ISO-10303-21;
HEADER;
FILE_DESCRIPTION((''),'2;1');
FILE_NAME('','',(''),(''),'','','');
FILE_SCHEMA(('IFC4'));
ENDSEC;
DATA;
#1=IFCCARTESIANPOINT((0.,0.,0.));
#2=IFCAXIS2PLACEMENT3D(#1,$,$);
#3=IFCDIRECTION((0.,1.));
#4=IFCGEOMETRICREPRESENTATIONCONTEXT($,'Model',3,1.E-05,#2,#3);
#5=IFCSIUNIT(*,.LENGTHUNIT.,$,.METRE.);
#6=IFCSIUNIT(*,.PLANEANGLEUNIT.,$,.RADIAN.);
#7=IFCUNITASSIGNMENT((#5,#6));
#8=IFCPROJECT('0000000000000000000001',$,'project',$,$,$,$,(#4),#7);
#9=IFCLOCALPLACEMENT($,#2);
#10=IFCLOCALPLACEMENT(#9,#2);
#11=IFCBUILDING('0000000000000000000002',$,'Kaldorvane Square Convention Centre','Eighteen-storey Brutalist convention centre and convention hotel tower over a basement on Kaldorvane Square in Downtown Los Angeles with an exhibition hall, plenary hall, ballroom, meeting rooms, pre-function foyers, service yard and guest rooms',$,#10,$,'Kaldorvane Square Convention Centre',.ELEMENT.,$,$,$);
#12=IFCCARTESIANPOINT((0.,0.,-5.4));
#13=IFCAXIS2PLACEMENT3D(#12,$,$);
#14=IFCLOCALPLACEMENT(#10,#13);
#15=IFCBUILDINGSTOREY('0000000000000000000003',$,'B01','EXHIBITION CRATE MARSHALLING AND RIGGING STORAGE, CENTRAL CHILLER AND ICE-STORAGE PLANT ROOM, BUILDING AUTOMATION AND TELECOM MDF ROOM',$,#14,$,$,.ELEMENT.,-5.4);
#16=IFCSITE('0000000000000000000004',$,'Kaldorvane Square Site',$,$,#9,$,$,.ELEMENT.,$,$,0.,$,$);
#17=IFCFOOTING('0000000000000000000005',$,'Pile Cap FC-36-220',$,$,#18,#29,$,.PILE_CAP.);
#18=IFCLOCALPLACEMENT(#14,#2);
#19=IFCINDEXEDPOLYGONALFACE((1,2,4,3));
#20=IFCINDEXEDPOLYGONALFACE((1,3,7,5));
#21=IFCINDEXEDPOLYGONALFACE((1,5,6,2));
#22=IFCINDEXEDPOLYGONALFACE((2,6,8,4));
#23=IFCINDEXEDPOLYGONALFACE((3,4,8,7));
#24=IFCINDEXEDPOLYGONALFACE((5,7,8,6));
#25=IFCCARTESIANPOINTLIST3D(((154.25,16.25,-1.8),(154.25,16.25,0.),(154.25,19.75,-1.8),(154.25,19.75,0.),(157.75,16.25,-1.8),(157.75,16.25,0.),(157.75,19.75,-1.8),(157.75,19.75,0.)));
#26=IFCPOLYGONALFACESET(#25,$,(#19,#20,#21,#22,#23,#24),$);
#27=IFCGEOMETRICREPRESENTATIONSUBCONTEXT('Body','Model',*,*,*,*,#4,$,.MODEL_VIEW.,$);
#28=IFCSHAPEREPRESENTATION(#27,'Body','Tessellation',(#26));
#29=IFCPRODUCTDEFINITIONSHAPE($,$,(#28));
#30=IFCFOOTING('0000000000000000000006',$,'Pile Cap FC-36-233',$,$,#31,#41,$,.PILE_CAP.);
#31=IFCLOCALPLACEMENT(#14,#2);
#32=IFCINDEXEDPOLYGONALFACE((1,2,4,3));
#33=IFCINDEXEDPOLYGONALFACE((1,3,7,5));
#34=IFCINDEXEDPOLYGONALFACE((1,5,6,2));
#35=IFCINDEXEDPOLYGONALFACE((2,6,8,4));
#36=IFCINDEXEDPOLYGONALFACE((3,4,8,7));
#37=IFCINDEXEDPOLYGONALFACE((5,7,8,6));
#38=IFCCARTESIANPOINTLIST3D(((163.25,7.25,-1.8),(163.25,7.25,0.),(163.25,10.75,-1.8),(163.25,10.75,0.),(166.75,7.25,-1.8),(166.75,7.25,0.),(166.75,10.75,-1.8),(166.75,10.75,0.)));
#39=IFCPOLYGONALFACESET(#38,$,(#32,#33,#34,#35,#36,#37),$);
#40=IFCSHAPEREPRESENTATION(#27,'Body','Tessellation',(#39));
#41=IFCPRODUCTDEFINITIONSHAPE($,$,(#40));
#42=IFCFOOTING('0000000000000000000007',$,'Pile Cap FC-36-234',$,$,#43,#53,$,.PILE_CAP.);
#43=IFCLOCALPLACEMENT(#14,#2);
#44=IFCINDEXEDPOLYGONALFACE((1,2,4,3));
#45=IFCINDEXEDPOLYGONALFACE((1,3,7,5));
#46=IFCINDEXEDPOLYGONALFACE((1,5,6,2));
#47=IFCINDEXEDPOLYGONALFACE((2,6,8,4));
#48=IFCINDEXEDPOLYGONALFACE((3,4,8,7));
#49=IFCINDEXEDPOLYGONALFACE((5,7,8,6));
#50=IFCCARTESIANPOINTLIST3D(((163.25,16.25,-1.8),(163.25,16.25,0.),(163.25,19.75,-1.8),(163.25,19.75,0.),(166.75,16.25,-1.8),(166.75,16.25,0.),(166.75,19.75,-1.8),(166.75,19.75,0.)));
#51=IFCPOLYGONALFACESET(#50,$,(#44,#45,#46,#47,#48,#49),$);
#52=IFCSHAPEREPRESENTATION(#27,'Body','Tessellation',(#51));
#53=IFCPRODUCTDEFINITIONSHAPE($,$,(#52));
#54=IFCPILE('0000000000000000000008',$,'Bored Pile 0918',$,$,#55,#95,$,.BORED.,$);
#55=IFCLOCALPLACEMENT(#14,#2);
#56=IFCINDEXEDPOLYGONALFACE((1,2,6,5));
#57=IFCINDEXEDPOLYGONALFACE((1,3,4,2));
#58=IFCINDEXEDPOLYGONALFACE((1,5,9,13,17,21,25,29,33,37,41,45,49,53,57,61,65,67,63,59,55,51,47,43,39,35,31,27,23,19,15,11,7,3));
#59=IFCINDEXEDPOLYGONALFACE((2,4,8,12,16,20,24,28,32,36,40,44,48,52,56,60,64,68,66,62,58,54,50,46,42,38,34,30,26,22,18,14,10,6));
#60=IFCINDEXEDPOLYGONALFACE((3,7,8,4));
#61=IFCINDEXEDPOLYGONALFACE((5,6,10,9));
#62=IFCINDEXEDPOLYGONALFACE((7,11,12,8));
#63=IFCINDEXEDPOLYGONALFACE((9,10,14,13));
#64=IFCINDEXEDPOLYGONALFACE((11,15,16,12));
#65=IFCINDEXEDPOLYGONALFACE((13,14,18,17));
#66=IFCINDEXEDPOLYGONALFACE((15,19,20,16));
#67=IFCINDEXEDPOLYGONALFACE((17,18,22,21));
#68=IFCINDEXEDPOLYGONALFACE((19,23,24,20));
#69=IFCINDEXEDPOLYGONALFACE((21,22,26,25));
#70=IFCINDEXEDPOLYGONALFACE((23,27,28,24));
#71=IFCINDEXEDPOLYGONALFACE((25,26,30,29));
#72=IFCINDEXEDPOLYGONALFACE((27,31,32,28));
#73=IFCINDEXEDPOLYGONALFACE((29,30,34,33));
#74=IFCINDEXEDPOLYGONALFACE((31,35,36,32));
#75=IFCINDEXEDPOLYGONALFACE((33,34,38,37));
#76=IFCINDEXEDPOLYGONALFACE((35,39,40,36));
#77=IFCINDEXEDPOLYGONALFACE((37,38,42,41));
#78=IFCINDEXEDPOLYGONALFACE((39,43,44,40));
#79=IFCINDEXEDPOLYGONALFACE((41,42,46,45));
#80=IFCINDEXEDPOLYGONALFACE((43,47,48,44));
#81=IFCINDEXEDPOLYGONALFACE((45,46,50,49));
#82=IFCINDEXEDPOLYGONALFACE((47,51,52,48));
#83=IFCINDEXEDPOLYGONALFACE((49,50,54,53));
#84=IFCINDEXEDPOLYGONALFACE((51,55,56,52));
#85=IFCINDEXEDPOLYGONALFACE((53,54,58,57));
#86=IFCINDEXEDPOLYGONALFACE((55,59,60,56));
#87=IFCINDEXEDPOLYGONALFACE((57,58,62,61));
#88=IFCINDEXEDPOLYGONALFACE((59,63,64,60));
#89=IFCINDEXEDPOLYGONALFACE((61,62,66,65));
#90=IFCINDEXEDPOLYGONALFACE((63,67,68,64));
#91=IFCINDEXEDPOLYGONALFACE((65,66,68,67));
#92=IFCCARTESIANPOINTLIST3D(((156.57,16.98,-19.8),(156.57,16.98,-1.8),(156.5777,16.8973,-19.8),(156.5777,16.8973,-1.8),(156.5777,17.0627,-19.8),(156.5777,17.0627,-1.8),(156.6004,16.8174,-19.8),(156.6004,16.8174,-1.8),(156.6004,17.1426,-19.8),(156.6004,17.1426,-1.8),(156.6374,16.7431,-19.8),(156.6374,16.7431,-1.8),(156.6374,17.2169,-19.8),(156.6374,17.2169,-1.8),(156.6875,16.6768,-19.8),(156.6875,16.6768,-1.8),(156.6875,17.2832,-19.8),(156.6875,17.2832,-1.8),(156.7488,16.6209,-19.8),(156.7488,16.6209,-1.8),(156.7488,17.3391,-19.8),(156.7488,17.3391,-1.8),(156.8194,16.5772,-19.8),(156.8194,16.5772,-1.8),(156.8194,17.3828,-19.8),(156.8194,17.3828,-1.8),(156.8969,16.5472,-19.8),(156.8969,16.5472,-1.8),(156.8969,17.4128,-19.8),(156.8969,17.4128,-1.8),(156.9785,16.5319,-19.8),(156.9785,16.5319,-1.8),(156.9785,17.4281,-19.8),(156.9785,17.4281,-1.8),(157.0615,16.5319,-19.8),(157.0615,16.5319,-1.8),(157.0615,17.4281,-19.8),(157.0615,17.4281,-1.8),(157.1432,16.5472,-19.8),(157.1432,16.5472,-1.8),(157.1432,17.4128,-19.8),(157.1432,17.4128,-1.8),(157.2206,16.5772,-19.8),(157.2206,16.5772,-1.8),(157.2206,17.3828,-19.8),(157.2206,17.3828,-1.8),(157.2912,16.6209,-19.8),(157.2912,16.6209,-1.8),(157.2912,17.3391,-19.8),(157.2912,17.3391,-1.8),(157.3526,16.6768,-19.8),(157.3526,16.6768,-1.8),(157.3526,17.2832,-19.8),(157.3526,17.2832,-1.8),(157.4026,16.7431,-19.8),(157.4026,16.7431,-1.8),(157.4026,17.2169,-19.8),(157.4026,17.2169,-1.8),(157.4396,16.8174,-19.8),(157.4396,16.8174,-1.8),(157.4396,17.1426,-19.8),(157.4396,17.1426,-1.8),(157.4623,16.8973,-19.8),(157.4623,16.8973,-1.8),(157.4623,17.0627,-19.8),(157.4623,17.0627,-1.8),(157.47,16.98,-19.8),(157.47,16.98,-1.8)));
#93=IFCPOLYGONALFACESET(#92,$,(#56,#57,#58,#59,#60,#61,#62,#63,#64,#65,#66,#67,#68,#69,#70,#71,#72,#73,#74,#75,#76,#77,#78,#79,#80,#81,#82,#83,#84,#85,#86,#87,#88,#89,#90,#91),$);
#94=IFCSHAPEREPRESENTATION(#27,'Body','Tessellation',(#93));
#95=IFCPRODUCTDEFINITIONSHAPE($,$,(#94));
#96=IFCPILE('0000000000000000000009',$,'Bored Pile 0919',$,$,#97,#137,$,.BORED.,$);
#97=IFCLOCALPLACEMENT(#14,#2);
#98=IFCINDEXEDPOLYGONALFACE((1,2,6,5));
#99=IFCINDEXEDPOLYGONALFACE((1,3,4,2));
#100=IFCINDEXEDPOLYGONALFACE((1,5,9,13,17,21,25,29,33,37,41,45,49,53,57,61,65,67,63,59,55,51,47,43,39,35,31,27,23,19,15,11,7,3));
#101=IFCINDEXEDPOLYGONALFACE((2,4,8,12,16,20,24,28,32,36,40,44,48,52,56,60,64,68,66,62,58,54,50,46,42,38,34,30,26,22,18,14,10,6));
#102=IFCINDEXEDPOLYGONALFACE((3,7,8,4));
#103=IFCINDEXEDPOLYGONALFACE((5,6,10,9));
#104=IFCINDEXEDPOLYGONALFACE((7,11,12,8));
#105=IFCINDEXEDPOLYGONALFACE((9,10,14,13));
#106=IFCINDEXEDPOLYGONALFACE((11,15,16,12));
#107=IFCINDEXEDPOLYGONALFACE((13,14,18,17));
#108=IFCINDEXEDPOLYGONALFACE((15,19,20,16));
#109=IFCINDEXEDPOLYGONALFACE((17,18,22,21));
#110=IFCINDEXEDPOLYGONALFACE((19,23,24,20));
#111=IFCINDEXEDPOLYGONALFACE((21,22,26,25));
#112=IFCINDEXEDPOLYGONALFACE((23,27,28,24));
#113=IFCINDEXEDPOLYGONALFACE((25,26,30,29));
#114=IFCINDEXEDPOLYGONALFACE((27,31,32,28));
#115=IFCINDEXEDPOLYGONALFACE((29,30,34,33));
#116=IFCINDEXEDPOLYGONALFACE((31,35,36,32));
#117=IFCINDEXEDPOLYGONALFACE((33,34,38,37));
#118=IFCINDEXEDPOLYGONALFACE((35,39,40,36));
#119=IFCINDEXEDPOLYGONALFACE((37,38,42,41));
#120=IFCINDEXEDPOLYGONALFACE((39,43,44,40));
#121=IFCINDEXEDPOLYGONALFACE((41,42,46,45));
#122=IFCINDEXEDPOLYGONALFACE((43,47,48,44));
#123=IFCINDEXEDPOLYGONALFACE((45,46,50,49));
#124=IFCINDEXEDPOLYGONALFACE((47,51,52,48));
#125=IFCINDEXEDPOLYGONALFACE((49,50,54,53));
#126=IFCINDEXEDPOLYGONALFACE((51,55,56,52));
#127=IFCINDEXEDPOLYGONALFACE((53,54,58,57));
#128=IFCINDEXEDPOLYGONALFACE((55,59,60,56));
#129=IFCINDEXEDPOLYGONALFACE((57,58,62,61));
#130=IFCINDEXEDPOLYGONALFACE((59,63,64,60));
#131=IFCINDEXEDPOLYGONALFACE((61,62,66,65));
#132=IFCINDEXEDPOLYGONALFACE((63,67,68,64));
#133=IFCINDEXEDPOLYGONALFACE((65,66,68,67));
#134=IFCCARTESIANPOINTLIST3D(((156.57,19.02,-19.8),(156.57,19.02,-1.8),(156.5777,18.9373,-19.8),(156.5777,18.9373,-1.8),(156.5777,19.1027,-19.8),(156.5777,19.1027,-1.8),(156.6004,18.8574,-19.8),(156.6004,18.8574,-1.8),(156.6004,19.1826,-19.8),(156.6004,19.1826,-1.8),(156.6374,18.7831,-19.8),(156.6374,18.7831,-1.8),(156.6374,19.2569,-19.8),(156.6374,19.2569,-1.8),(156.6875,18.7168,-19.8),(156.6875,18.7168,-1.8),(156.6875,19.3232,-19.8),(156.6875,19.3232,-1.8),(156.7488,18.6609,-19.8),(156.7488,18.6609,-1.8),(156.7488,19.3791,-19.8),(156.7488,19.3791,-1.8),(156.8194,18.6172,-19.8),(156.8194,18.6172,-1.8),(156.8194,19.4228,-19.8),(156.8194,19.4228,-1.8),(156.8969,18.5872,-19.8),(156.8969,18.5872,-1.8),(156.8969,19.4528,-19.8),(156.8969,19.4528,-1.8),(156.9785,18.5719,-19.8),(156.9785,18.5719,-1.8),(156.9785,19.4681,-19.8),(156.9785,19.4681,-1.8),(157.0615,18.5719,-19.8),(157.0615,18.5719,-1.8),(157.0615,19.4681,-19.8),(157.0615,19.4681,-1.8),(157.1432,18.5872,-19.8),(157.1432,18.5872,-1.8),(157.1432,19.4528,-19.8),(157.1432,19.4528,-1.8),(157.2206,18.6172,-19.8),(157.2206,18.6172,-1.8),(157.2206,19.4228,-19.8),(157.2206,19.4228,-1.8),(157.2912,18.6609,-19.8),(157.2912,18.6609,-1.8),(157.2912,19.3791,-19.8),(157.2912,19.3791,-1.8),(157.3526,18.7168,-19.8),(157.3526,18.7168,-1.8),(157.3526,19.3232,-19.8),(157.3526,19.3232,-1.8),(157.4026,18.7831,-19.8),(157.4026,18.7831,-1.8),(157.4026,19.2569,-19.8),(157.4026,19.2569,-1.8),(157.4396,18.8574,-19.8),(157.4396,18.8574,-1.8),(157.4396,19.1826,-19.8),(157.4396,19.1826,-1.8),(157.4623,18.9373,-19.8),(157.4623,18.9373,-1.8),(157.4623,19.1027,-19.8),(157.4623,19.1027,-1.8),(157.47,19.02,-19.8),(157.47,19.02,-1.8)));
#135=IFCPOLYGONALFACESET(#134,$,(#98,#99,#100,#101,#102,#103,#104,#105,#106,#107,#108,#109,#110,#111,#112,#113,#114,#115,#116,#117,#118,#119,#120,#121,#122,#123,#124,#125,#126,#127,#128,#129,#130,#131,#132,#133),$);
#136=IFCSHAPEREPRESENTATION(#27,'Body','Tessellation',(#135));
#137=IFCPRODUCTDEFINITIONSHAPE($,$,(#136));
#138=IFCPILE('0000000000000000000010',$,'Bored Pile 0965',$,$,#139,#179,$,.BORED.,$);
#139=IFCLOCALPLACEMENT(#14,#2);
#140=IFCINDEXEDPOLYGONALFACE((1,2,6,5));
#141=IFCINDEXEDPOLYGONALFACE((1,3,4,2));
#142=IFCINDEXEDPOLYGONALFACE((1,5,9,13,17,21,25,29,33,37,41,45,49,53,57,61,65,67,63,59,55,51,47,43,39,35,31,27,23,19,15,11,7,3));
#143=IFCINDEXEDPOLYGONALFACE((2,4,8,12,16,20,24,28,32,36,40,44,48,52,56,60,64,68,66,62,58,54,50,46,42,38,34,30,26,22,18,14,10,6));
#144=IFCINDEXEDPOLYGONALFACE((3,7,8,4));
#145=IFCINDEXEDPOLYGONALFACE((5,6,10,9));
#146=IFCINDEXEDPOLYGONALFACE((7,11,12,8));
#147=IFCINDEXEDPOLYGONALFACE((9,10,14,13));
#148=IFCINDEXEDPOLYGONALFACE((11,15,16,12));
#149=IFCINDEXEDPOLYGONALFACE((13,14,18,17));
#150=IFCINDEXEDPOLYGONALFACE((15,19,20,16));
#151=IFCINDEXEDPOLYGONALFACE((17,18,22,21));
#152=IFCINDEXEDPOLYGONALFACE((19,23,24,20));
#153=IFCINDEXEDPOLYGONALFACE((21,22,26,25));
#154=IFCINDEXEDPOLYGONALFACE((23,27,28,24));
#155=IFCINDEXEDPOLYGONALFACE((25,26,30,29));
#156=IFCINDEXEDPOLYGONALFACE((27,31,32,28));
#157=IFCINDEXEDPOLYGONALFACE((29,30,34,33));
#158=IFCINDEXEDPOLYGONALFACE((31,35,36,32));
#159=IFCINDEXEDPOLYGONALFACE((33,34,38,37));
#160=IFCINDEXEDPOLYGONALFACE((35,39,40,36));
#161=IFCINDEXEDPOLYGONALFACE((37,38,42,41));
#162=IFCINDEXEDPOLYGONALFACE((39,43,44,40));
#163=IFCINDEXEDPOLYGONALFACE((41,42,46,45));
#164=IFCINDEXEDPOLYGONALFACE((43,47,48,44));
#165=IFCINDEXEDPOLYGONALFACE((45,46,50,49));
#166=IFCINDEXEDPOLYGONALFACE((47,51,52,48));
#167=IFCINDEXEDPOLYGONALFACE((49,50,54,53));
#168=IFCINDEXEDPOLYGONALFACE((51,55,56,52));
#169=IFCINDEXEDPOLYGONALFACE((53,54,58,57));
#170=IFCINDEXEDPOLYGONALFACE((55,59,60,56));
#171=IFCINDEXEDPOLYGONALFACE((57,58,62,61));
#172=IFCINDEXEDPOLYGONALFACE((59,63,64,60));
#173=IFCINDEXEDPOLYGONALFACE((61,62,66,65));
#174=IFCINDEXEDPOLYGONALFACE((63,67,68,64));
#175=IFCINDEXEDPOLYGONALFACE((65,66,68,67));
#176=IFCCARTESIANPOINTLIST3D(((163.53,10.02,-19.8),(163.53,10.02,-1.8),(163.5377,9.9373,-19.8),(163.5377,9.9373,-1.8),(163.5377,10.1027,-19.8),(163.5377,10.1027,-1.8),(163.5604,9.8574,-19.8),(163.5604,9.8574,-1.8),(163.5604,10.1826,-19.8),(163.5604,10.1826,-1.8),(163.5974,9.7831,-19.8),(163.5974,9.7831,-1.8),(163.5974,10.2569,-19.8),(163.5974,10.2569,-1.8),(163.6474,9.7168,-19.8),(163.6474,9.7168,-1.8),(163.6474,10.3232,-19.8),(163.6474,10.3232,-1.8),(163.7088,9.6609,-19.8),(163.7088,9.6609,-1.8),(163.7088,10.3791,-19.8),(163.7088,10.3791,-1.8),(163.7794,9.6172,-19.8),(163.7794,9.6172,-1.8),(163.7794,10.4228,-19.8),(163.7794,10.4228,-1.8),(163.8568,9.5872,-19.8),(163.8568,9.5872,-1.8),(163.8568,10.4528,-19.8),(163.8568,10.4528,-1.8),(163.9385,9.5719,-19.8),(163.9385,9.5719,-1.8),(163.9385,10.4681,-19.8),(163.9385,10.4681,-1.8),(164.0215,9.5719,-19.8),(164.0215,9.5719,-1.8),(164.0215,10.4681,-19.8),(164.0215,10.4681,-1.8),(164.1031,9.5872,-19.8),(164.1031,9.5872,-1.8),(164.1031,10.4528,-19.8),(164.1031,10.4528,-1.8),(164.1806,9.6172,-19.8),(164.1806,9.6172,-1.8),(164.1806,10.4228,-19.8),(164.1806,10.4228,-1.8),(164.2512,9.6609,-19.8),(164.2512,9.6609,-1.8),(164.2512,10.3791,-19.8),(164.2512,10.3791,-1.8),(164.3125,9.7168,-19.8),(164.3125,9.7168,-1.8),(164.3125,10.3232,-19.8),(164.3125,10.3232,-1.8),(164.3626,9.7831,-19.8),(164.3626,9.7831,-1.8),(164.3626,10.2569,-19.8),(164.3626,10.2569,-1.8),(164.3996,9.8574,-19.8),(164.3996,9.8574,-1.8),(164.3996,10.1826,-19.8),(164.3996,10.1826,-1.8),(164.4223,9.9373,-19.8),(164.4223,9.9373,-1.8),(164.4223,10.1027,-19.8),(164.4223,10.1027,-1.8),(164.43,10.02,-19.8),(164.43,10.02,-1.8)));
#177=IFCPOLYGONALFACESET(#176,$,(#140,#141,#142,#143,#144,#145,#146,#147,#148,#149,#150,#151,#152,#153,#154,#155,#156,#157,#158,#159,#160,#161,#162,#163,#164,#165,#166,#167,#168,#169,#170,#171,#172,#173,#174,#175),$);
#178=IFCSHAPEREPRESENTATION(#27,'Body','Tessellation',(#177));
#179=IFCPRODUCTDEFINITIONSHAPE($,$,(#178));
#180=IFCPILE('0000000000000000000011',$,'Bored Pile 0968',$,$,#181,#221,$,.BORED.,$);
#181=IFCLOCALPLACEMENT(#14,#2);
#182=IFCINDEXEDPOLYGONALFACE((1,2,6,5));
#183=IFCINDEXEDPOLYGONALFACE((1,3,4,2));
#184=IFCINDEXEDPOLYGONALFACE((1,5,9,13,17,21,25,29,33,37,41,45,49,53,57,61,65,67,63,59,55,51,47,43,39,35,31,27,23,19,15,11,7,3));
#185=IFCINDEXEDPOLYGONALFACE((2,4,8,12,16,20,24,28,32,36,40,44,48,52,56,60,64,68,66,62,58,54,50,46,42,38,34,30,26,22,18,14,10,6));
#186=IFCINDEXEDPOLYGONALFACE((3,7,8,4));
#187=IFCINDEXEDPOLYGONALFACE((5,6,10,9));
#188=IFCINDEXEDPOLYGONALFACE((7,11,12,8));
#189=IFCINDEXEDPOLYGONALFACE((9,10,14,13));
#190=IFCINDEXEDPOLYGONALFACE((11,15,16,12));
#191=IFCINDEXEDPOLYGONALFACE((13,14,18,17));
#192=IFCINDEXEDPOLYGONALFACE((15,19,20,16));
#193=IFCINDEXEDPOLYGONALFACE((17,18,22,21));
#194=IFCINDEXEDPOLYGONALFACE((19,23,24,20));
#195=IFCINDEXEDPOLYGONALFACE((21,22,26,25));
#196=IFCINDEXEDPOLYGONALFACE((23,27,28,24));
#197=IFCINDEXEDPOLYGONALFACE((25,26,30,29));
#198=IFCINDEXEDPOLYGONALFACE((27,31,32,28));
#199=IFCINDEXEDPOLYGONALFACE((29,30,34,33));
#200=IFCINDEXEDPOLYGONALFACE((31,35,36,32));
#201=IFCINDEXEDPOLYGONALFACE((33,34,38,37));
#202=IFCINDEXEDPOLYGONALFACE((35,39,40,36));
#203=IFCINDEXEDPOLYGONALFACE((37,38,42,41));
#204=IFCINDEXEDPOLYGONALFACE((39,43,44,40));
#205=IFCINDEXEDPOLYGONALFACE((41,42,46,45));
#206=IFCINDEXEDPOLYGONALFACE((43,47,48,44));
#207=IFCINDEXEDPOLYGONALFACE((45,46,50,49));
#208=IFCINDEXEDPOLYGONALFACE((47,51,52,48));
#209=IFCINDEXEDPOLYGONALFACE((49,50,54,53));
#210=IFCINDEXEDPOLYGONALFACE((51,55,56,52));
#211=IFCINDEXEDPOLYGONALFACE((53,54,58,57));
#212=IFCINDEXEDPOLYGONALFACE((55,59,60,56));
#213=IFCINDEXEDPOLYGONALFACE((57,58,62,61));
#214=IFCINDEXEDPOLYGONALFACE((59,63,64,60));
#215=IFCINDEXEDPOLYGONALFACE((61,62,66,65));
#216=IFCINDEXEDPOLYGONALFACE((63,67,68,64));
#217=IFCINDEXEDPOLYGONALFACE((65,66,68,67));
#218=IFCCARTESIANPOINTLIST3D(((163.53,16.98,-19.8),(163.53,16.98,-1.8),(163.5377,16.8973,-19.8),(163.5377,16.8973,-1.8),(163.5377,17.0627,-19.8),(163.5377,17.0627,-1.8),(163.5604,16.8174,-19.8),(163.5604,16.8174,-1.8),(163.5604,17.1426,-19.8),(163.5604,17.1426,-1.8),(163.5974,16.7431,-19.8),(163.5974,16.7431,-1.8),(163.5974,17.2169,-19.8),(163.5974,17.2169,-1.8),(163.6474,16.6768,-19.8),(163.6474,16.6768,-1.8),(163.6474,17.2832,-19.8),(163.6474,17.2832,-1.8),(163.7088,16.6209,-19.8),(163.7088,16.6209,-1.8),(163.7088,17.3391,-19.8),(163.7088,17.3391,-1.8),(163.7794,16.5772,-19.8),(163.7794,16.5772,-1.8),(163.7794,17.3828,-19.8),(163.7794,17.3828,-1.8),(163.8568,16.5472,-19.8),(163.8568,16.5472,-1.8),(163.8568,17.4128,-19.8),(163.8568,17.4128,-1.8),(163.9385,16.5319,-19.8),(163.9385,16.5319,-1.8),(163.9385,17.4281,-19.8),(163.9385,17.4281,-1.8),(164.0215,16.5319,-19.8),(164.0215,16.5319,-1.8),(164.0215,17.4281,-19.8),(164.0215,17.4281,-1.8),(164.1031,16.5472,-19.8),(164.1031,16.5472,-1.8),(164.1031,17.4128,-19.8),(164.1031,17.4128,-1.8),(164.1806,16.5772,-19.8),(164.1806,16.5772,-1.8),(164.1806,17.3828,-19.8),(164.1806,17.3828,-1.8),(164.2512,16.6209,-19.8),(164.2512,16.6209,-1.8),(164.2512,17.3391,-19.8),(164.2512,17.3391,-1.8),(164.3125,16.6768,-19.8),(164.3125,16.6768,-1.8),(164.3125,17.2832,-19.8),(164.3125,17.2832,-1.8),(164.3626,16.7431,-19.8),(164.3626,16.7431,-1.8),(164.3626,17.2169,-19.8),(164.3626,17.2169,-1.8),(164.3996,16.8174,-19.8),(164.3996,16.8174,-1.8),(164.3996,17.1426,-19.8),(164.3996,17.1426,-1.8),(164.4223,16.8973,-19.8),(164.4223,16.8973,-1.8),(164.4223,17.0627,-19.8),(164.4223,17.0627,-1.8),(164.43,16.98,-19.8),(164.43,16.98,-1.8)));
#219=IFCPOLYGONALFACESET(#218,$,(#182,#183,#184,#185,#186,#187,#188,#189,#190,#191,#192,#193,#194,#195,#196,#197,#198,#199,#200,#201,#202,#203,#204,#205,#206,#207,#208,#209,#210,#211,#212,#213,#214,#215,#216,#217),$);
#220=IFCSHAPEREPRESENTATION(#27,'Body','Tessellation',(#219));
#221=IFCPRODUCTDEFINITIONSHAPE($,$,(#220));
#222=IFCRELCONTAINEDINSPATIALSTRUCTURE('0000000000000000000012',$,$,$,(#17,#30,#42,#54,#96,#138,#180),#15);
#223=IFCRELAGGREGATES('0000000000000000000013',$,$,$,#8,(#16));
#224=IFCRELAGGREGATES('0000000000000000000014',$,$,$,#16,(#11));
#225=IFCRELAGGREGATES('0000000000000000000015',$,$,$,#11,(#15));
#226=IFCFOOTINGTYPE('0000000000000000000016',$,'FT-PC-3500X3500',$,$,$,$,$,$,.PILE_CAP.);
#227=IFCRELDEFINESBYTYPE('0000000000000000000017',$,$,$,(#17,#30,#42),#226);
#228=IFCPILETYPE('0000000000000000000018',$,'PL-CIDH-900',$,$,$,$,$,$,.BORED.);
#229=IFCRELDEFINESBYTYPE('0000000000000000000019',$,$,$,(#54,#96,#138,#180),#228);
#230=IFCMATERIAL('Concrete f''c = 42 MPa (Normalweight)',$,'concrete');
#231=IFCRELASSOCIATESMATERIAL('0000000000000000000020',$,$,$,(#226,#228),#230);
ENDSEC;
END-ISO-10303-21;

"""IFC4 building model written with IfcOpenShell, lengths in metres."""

from ifc_helpers import new_model, si_unit, direction, frame, origin, origin_2d, place, context, subcontext, project, spatial, rectangle, circle, extrude, material, material_profile, profile_set, type_object, element, save


model = new_model("IFC4")

# Units and contexts
model_context = context("Model", 3, precision=1e-05, world=origin(), true_north=direction((0.0, 1.0)))
body_context = subcontext(model_context, "Body", "Model", "MODEL_VIEW")
ifc_project = project(units=[si_unit("LENGTHUNIT", "METRE"), si_unit("PLANEANGLEUNIT", "RADIAN")], contexts=[model_context])

# Site, building, storey
site_placement = place(None, origin())
site = spatial("IfcSite", under=ifc_project, at=site_placement, Name="Kaldorvane Square Site", CompositionType="ELEMENT", RefElevation=0.0)
building_placement = place(site_placement, origin())
building = spatial("IfcBuilding", under=site, at=building_placement, Name="Kaldorvane Square Convention Centre", Description="Eighteen-storey Brutalist convention centre and convention hotel tower over a basement on Kaldorvane Square in Downtown Los Angeles with an exhibition hall, plenary hall, ballroom, meeting rooms, pre-function foyers, service yard and guest rooms", LongName="Kaldorvane Square Convention Centre", CompositionType="ELEMENT")
storey_placement = place(building_placement, frame((0.0, 0.0, -5.4)))
storey = spatial("IfcBuildingStorey", under=building, at=storey_placement, Name="B01", Description="EXHIBITION CRATE MARSHALLING AND RIGGING STORAGE, CENTRAL CHILLER AND ICE-STORAGE PLANT ROOM, BUILDING AUTOMATION AND TELECOM MDF ROOM", CompositionType="ELEMENT", Elevation=-5.4)

# Footings
ifc_material_1 = material(Name="Concrete f'c = 42 MPa (Normalweight)", Category="concrete")
footing_type = type_object("IfcFootingType", Name="FT-PC-3500X3500", PredefinedType="PILE_CAP", material=ifc_material_1)
for number, where, z_axis, x_axis, name in (
    (1, (156.0, 18.0, -1.8), (0.0, 0.0, 1.0), (1.0, 0.0, 0.0), "Pile Cap FC-36-220"),
    (2, (165.0, 9.0, -1.8), (0.0, 0.0, 1.0), (1.0, 0.0, 0.0), "Pile Cap FC-36-233"),
    (3, (165.0, 18.0, -1.8), (0.0, 0.0, 1.0), (1.0, 0.0, 0.0), "Pile Cap FC-36-234"),
):
    element("IfcFooting", number, at=place(storey_placement, frame(where, z_axis=z_axis, x_axis=x_axis)), inside=storey, type_object=footing_type, Name=name, PredefinedType="PILE_CAP", context=body_context, shape_type="SweptSolid", body=[
        extrude(rectangle(XDim=3.5, YDim=3.5, at=origin_2d()), origin(), (0.0, 0.0, 1.0), 1.8),
    ])

# Piles
ifc_material_profile_1 = material_profile(ifc_material_1, circle(Radius=0.45, at=origin_2d()), Name="PILE-D900")
ifc_profile_set_1 = profile_set([ifc_material_profile_1], Name="Concrete f'c = 42 MPa (Normalweight)")
pile_type = type_object("IfcPileType", Name="PL-CIDH-900", PredefinedType="BORED", material=ifc_profile_set_1)
for number, where, z_axis, x_axis, name in (
    (4, (157.02, 16.98, -1.8), (0.0, 0.0, -1.0), (1.0, 0.0, 0.0), "Bored Pile 0918"),
    (5, (157.02, 19.02, -1.8), (0.0, 0.0, -1.0), (1.0, 0.0, 0.0), "Bored Pile 0919"),
    (6, (163.98, 10.02, -1.8), (0.0, 0.0, -1.0), (1.0, 0.0, 0.0), "Bored Pile 0965"),
    (7, (163.98, 16.98, -1.8), (0.0, 0.0, -1.0), (1.0, 0.0, 0.0), "Bored Pile 0968"),
):
    element("IfcPile", number, at=place(storey_placement, frame(where, z_axis=z_axis, x_axis=x_axis)), inside=storey, type_object=pile_type, Name=name, PredefinedType="BORED", context=body_context, shape_type="SweptSolid", body=[
        extrude(circle(Radius=0.45, at=origin_2d()), origin(), (0.0, 0.0, 1.0), 18.0),
    ])

save(model, "model.ifc")
